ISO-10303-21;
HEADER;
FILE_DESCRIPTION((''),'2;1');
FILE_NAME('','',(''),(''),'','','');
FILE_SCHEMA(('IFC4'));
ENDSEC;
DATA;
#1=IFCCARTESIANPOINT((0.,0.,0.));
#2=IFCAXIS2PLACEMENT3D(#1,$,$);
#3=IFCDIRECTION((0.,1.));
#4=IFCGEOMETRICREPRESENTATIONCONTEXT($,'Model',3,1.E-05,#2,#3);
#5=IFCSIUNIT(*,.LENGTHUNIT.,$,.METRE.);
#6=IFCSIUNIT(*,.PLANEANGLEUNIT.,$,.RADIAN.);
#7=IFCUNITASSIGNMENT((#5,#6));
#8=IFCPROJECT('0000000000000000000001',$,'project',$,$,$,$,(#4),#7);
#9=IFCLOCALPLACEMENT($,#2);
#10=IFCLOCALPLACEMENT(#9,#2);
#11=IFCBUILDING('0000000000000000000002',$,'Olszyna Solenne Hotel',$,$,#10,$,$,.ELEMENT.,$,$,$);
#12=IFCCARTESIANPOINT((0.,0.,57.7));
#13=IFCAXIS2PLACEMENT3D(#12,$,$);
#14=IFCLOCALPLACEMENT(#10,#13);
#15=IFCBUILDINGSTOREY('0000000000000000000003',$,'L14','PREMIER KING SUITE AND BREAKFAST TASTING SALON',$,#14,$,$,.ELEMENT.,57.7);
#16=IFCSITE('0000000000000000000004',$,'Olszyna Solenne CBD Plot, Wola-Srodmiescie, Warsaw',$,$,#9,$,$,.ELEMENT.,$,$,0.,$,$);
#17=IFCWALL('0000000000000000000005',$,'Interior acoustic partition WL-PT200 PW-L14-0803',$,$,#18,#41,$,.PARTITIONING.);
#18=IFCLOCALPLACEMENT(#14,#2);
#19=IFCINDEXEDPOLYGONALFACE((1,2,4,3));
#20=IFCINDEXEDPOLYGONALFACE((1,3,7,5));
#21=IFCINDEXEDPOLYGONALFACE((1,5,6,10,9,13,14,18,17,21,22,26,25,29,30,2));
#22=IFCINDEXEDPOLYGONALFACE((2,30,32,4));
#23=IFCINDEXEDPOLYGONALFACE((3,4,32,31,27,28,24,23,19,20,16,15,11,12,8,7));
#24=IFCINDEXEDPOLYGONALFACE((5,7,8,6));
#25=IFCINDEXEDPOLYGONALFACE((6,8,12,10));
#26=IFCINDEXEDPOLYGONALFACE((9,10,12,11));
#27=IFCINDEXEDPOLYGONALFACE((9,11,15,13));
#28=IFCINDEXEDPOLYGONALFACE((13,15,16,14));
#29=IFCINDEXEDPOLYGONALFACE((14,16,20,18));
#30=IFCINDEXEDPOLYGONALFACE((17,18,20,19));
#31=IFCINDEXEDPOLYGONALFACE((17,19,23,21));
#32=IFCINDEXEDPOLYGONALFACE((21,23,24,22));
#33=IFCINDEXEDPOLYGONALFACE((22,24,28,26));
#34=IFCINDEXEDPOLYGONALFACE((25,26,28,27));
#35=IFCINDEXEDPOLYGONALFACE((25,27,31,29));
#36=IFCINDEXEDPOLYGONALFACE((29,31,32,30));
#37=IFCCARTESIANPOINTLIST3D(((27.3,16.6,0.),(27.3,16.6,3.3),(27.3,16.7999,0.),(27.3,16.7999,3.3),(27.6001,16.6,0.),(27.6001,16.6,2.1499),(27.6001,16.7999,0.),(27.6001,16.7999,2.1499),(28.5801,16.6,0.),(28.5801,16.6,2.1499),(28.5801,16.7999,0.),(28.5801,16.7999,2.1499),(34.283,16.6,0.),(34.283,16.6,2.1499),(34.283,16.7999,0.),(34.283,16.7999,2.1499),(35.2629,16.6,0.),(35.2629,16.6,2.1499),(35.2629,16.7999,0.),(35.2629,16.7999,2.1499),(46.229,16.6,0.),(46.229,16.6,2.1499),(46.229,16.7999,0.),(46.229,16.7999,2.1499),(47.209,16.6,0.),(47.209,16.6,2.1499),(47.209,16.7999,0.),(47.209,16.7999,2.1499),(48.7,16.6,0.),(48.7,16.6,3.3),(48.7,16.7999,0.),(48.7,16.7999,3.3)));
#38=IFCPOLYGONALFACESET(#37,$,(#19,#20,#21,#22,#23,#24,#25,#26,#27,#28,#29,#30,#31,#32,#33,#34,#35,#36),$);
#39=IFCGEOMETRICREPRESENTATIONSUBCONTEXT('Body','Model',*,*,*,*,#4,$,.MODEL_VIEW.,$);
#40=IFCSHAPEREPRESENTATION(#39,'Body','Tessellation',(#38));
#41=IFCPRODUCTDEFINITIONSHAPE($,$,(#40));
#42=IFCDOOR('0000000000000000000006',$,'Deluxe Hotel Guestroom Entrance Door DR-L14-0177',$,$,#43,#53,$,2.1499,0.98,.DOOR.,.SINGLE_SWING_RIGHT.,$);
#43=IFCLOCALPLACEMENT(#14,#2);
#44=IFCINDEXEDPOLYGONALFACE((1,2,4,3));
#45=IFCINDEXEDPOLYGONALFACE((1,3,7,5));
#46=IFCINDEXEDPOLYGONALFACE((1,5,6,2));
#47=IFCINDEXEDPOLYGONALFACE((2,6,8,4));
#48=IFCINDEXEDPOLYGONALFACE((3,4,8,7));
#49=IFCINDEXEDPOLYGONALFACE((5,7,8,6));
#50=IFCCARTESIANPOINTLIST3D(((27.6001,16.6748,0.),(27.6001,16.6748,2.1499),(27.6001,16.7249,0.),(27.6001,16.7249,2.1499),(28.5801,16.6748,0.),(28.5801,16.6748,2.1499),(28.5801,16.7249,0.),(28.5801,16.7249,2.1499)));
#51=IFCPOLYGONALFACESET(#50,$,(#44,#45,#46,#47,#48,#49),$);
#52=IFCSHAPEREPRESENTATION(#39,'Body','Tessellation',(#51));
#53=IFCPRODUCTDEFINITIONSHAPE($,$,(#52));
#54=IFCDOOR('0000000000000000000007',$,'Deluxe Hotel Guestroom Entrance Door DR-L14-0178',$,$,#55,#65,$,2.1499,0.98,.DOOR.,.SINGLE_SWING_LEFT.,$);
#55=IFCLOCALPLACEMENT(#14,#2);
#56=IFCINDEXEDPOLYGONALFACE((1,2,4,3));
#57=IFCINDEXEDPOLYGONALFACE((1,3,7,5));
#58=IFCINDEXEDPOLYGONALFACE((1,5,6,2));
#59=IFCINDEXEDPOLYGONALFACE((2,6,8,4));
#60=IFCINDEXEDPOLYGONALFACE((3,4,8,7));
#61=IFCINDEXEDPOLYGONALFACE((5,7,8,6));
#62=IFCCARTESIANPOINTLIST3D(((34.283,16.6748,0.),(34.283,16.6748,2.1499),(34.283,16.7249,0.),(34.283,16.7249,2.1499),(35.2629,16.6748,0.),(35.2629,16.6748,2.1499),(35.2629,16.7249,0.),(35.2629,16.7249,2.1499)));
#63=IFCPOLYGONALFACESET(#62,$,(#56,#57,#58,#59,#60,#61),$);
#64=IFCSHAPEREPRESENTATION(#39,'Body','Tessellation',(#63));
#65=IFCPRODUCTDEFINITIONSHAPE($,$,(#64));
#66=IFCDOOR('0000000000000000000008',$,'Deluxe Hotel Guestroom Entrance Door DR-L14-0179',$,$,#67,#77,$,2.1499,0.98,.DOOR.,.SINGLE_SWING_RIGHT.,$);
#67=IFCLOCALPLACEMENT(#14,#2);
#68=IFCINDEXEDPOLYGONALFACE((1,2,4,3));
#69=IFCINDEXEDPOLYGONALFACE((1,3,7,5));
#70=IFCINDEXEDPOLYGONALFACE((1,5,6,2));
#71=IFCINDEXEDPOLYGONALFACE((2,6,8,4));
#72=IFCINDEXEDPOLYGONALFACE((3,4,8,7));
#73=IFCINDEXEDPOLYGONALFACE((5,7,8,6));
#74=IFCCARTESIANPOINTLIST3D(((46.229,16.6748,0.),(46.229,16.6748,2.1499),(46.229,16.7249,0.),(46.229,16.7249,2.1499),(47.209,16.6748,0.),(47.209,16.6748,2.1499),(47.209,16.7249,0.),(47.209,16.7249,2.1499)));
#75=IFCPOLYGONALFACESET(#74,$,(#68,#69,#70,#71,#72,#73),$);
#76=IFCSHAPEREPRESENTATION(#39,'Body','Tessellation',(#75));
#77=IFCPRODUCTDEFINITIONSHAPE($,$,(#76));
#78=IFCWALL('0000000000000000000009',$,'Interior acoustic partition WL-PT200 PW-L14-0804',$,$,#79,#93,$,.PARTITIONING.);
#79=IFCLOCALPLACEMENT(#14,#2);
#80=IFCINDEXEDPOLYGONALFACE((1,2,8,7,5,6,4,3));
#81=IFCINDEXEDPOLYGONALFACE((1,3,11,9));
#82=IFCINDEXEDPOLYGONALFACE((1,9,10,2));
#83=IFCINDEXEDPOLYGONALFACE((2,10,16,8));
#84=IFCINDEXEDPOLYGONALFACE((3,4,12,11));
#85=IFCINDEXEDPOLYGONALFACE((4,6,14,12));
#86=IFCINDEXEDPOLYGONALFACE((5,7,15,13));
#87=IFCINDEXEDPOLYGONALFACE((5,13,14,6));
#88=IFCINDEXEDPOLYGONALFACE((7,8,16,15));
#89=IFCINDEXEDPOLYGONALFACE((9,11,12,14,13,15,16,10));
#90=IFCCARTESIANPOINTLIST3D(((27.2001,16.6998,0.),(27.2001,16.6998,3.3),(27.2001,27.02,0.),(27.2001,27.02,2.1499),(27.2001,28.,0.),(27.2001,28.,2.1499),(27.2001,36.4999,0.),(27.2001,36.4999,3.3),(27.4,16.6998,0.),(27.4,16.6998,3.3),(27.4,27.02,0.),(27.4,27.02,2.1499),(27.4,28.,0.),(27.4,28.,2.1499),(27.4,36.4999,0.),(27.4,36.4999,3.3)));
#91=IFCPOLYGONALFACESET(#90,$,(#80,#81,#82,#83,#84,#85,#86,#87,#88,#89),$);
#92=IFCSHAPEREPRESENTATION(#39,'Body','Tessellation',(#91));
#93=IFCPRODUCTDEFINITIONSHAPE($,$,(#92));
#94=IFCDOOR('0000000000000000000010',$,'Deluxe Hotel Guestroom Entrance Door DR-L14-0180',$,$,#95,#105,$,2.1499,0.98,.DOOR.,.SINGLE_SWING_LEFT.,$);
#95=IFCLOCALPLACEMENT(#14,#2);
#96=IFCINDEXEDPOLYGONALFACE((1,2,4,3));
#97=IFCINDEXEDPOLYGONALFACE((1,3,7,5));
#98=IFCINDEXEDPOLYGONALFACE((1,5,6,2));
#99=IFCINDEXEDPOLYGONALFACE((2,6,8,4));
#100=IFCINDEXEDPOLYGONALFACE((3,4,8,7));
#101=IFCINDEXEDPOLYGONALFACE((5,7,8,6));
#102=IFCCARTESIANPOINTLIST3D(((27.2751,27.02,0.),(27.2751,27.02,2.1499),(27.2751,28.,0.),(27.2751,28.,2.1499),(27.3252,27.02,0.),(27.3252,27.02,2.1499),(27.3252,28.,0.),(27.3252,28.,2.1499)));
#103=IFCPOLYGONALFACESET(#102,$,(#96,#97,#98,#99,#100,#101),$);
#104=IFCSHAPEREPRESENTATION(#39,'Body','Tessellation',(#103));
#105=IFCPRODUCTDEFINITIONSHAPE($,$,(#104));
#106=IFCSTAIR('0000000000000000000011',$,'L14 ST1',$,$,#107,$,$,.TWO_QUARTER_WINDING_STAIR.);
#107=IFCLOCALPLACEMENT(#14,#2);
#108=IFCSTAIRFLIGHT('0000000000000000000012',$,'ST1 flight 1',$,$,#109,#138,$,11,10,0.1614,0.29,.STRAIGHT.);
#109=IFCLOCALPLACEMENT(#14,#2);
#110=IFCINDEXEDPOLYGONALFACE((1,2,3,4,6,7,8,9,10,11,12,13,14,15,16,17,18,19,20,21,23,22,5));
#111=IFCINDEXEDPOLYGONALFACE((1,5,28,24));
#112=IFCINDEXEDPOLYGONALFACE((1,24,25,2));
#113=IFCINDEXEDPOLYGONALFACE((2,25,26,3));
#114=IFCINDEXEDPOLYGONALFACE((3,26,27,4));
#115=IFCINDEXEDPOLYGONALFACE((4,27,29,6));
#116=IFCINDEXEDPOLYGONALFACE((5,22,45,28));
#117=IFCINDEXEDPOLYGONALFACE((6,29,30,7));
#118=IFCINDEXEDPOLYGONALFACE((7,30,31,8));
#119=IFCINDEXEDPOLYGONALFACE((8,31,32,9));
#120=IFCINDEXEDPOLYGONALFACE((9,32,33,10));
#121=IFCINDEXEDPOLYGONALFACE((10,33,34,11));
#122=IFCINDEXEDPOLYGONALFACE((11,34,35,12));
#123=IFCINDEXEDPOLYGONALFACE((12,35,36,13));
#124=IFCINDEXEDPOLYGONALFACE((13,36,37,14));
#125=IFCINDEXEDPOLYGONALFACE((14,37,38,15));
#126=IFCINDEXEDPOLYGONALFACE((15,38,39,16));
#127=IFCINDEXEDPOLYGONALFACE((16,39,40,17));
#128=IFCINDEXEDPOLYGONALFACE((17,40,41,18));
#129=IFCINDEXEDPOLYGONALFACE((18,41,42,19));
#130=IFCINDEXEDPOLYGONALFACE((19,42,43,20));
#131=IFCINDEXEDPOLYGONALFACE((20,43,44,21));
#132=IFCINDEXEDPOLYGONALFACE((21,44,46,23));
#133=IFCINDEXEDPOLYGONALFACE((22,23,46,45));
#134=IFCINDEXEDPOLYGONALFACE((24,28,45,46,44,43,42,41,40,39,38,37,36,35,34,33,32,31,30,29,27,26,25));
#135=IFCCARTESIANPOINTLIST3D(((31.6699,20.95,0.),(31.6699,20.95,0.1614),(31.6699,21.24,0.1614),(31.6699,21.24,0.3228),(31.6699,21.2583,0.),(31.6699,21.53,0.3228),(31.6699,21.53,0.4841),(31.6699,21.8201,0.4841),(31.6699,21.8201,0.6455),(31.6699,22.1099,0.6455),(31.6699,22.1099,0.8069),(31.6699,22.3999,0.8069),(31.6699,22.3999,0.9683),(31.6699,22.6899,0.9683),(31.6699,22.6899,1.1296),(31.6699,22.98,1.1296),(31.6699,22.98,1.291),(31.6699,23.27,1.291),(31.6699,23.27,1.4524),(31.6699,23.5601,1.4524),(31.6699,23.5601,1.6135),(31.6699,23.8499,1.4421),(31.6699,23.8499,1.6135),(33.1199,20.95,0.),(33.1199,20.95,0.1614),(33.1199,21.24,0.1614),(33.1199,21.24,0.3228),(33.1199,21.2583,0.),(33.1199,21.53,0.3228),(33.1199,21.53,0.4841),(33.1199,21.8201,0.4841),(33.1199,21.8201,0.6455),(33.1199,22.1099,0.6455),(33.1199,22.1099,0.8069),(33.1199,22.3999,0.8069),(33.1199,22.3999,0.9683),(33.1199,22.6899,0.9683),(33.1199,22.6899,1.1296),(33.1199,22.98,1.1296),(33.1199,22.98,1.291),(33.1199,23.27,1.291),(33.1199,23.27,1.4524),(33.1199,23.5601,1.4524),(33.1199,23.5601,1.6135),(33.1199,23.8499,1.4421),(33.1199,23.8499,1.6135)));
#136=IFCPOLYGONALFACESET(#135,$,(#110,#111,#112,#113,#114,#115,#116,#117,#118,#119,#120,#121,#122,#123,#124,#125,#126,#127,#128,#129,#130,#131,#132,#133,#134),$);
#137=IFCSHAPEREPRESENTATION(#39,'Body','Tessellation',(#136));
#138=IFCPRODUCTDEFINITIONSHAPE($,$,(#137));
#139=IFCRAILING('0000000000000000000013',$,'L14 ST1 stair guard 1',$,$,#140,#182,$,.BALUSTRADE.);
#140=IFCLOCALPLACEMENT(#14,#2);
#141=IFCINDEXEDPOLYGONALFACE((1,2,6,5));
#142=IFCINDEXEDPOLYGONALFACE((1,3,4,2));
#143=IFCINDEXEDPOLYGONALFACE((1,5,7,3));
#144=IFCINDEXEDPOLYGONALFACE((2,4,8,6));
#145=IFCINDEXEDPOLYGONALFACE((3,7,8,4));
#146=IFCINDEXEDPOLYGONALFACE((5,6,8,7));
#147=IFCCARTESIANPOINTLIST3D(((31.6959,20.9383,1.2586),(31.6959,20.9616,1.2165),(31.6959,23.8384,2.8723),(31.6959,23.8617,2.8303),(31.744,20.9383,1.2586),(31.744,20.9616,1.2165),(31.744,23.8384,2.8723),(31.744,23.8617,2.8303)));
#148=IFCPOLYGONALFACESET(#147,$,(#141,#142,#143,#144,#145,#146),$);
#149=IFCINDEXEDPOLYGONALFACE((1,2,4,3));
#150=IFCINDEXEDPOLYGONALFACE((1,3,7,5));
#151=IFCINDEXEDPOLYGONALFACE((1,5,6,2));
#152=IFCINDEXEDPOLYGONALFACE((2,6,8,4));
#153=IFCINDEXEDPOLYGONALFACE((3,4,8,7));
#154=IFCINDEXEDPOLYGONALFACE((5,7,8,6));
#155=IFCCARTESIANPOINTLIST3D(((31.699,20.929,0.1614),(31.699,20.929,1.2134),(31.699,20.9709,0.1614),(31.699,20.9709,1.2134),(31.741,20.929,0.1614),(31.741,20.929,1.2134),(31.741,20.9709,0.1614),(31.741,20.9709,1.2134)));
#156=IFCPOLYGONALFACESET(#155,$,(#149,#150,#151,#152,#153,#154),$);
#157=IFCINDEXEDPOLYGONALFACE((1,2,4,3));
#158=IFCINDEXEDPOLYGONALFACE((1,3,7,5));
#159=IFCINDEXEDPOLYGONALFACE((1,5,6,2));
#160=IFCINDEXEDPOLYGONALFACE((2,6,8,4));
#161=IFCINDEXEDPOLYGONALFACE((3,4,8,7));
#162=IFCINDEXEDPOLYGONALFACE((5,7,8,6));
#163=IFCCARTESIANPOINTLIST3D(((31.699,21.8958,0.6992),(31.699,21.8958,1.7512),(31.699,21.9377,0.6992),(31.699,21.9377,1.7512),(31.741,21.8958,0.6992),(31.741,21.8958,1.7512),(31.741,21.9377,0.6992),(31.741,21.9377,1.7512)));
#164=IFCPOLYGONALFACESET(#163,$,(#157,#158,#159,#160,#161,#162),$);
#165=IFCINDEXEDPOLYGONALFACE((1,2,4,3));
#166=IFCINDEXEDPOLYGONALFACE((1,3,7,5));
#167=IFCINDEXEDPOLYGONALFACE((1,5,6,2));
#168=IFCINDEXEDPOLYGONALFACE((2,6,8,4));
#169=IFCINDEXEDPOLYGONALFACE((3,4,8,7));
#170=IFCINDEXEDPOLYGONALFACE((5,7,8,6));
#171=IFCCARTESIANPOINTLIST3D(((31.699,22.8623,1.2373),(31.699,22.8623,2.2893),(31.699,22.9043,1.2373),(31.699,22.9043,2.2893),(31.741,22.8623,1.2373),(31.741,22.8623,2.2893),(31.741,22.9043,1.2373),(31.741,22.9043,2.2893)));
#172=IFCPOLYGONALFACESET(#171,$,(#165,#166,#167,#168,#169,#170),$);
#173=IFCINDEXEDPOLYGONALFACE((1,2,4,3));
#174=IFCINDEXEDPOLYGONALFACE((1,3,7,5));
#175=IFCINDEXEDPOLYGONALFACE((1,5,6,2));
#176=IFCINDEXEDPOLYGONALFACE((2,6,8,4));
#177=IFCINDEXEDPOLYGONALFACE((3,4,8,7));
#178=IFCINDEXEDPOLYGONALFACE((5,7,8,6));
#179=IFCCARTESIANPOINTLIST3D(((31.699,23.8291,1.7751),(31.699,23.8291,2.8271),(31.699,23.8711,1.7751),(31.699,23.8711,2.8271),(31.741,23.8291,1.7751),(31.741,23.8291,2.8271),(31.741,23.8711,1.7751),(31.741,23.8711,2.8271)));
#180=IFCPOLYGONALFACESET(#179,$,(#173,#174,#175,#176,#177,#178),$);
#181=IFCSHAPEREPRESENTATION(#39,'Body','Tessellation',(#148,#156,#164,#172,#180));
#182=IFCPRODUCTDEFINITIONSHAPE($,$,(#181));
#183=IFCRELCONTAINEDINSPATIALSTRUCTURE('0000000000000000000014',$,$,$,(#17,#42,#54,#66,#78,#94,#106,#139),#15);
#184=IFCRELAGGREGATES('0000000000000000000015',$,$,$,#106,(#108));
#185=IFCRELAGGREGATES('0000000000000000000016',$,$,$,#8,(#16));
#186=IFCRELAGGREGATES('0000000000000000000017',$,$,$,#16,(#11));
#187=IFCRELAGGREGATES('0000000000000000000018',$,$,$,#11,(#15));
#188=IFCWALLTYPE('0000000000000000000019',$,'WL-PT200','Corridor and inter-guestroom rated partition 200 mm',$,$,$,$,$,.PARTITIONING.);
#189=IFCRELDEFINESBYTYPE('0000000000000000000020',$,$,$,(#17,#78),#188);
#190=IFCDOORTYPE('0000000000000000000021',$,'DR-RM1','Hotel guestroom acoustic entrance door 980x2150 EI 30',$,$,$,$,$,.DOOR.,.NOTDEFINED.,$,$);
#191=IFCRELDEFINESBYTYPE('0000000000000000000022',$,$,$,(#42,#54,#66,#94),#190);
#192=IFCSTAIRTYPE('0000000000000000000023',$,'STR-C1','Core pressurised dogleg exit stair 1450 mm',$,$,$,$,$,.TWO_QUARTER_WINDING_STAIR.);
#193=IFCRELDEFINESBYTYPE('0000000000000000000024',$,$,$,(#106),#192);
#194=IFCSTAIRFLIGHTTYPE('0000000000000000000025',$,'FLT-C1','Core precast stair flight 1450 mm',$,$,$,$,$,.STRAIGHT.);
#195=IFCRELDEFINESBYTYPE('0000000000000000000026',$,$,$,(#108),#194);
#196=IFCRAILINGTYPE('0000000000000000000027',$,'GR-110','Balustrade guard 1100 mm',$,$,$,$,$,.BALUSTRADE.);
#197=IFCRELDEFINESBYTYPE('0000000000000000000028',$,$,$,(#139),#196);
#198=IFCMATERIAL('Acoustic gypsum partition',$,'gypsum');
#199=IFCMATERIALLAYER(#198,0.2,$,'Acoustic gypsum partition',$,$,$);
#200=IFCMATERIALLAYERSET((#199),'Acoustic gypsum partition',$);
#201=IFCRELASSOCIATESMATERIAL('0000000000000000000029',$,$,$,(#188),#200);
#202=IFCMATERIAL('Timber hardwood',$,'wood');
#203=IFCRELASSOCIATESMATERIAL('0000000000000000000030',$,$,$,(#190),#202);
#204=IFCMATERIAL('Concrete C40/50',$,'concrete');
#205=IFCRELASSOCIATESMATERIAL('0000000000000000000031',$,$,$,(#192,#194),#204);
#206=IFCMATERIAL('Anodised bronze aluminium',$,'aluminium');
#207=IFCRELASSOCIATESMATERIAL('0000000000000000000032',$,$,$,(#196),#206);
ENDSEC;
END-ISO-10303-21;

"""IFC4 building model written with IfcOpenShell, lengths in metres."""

from ifc_helpers import new_model, si_unit, direction, frame, frame_2d, origin, origin_2d, place, context, subcontext, project, spatial, polyline, rectangle, outline, extrude, source, transform, mapped, material, layer, layer_set, type_object, type_shapes, element, fill, aggregate, save


model = new_model("IFC4")

# Units and contexts
model_context = context("Model", 3, precision=1e-05, world=origin(), true_north=direction((0.0, 1.0)))
body_context = subcontext(model_context, "Body", "Model", "MODEL_VIEW")
ifc_project = project(units=[si_unit("LENGTHUNIT", "METRE"), si_unit("PLANEANGLEUNIT", "RADIAN")], contexts=[model_context])

# Site, building, storey
site_placement = place(None, origin())
site = spatial("IfcSite", under=ifc_project, at=site_placement, Name="Olszyna Solenne CBD Plot, Wola-Srodmiescie, Warsaw", CompositionType="ELEMENT", RefElevation=0.0)
building_placement = place(site_placement, origin())
building = spatial("IfcBuilding", under=site, at=building_placement, Name="Olszyna Solenne Hotel", CompositionType="ELEMENT")
storey_placement = place(building_placement, frame((0.0, 0.0, 57.7)))
storey = spatial("IfcBuildingStorey", under=building, at=storey_placement, Name="L14", Description="PREMIER KING SUITE AND BREAKFAST TASTING SALON", CompositionType="ELEMENT", Elevation=57.7)

# Shared definitions
ifc_material_1 = material(Name="Timber hardwood", Category="wood")

# Shared definitions
ifc_material_2 = material(Name="Acoustic gypsum partition", Category="gypsum")

# Shared definitions
ifc_layer_1 = layer(ifc_material_2, 0.2, Name="Acoustic gypsum partition")
ifc_layer_set_1 = layer_set([ifc_layer_1], Name="Acoustic gypsum partition")
wall_type_1 = type_object("IfcWallType", Name="WL-PT200", Description="Corridor and inter-guestroom rated partition 200 mm", PredefinedType="PARTITIONING", material=ifc_layer_set_1)

# Wall, openings, doors
wall_1_placement = place(storey_placement, frame((27.3, 16.7, 0.0), z_axis=(0.0, 0.0, 1.0), x_axis=(1.0, 0.0, 0.0)))
wall_1 = element("IfcWall", 1, at=wall_1_placement, inside=storey, type_object=wall_type_1, Name="Interior acoustic partition WL-PT200 PW-L14-0803", PredefinedType="PARTITIONING", context=body_context, shape_type="SweptSolid", body=[
    extrude(rectangle(XDim=21.3999, YDim=0.2, at=frame_2d((10.7, 0.0))), origin(), (0.0, 0.0, 1.0), 3.3),
])
opening_1_placement = place(wall_1_placement, frame((0.3, 0.0, 0.0)))
opening_1 = element("IfcOpeningElement", 2, at=opening_1_placement, cuts=wall_1, PredefinedType="OPENING", context=body_context, shape_type="SweptSolid", body=[
    extrude(rectangle(XDim=0.98, YDim=2.1499, at=frame_2d((0.49, 1.075))), frame((0.0, 0.1099, 0.0), z_axis=(0.0, -1.0, 0.0), x_axis=(1.0, 0.0, 0.0)), (0.0, 0.0, 1.0), 0.22),
])
opening_2_placement = place(wall_1_placement, frame((6.9829, 0.0, 0.0)))
opening_2 = element("IfcOpeningElement", 3, at=opening_2_placement, cuts=wall_1, PredefinedType="OPENING", context=body_context, shape_type="SweptSolid", body=[
    extrude(rectangle(XDim=0.98, YDim=2.1499, at=frame_2d((0.49, 1.075))), frame((0.0, 0.1099, 0.0), z_axis=(0.0, -1.0, 0.0), x_axis=(1.0, 0.0, 0.0)), (0.0, 0.0, 1.0), 0.22),
])
opening_3_placement = place(wall_1_placement, frame((18.929, 0.0, 0.0)))
opening_3 = element("IfcOpeningElement", 4, at=opening_3_placement, cuts=wall_1, PredefinedType="OPENING", context=body_context, shape_type="SweptSolid", body=[
    extrude(rectangle(XDim=0.98, YDim=2.1499, at=frame_2d((0.49, 1.075))), frame((0.0, 0.1099, 0.0), z_axis=(0.0, -1.0, 0.0), x_axis=(1.0, 0.0, 0.0)), (0.0, 0.0, 1.0), 0.22),
])
door_type_1 = type_object("IfcDoorType", Name="DR-RM1", Description="Hotel guestroom acoustic entrance door 980x2150 EI 30", OperationType="NOTDEFINED", PredefinedType="DOOR", material=ifc_material_1)
shared_shape_1 = source(origin(), body_context, "Body", "SweptSolid", [
    extrude(rectangle(XDim=0.98, YDim=2.1499, at=frame_2d((0.49, 1.075))), frame((0.0, 0.0249, 0.0), z_axis=(0.0, -1.0, 0.0), x_axis=(1.0, 0.0, 0.0)), (0.0, 0.0, 1.0), 0.05),
])
type_shapes(door_type_1, [shared_shape_1])
door_1_placement = place(opening_1_placement, origin())
door_1 = element("IfcDoor", 5, at=door_1_placement, inside=storey, type_object=door_type_1, Name="Deluxe Hotel Guestroom Entrance Door DR-L14-0177", OperationType="SINGLE_SWING_RIGHT", OverallHeight=2.1499, OverallWidth=0.98, PredefinedType="DOOR", context=body_context, shape_type="MappedRepresentation", body=[
    mapped(shared_shape_1, transform((0.0, 0.0, 0.0), x_axis=(1.0, 0.0, 0.0), y_axis=(0.0, 1.0, 0.0), z_axis=(0.0, 0.0, 1.0), scale=1.0)),
])
fill(opening_1, door_1)
door_2_placement = place(opening_2_placement, origin())
door_2 = element("IfcDoor", 6, at=door_2_placement, inside=storey, type_object=door_type_1, Name="Deluxe Hotel Guestroom Entrance Door DR-L14-0178", OperationType="SINGLE_SWING_LEFT", OverallHeight=2.1499, OverallWidth=0.98, PredefinedType="DOOR", context=body_context, shape_type="MappedRepresentation", body=[
    mapped(shared_shape_1, transform((0.0, 0.0, 0.0), x_axis=(1.0, 0.0, 0.0), y_axis=(0.0, 1.0, 0.0), z_axis=(0.0, 0.0, 1.0), scale=1.0)),
])
fill(opening_2, door_2)
door_3_placement = place(opening_3_placement, origin())
door_3 = element("IfcDoor", 7, at=door_3_placement, inside=storey, type_object=door_type_1, Name="Deluxe Hotel Guestroom Entrance Door DR-L14-0179", OperationType="SINGLE_SWING_RIGHT", OverallHeight=2.1499, OverallWidth=0.98, PredefinedType="DOOR", context=body_context, shape_type="MappedRepresentation", body=[
    mapped(shared_shape_1, transform((0.0, 0.0, 0.0), x_axis=(1.0, 0.0, 0.0), y_axis=(0.0, 1.0, 0.0), z_axis=(0.0, 0.0, 1.0), scale=1.0)),
])
fill(opening_3, door_3)

# Wall, opening, door
wall_2_placement = place(storey_placement, frame((27.3, 16.7, 0.0), z_axis=(0.0, 0.0, 1.0), x_axis=(0.0, 1.0, 0.0)))
wall_2 = element("IfcWall", 8, at=wall_2_placement, inside=storey, type_object=wall_type_1, Name="Interior acoustic partition WL-PT200 PW-L14-0804", PredefinedType="PARTITIONING", context=body_context, shape_type="SweptSolid", body=[
    extrude(rectangle(XDim=19.8, YDim=0.2, at=frame_2d((9.8999, 0.0))), origin(), (0.0, 0.0, 1.0), 3.3),
])
opening_4_placement = place(wall_2_placement, frame((10.3201, 0.0, 0.0)))
opening_4 = element("IfcOpeningElement", 9, at=opening_4_placement, cuts=wall_2, PredefinedType="OPENING", context=body_context, shape_type="SweptSolid", body=[
    extrude(rectangle(XDim=0.98, YDim=2.1499, at=frame_2d((0.49, 1.075))), frame((0.0, 0.1099, 0.0), z_axis=(0.0, -1.0, 0.0), x_axis=(1.0, 0.0, 0.0)), (0.0, 0.0, 1.0), 0.22),
])
door_4_placement = place(opening_4_placement, origin())
door_4 = element("IfcDoor", 10, at=door_4_placement, inside=storey, type_object=door_type_1, Name="Deluxe Hotel Guestroom Entrance Door DR-L14-0180", OperationType="SINGLE_SWING_LEFT", OverallHeight=2.1499, OverallWidth=0.98, PredefinedType="DOOR", context=body_context, shape_type="MappedRepresentation", body=[
    mapped(shared_shape_1, transform((0.0, 0.0, 0.0), x_axis=(1.0, 0.0, 0.0), y_axis=(0.0, 1.0, 0.0), z_axis=(0.0, 0.0, 1.0), scale=1.0)),
])
fill(opening_4, door_4)

# Stair, stair flight
ifc_material_3 = material(Name="Concrete C40/50", Category="concrete")
stair_type = type_object("IfcStairType", Name="STR-C1", Description="Core pressurised dogleg exit stair 1450 mm", PredefinedType="TWO_QUARTER_WINDING_STAIR", material=ifc_material_3)
stair_placement = place(storey_placement, origin())
stair = element("IfcStair", 11, at=stair_placement, inside=storey, type_object=stair_type, Name="L14 ST1", PredefinedType="TWO_QUARTER_WINDING_STAIR")
stair_flight_type = type_object("IfcStairFlightType", Name="FLT-C1", Description="Core precast stair flight 1450 mm", PredefinedType="STRAIGHT", material=ifc_material_3)
stair_flight_placement = place(storey_placement, frame((32.395, 20.95, 0.0), z_axis=(0.0, 0.0, 1.0), x_axis=(0.0, 1.0, 0.0)))
stair_flight = element("IfcStairFlight", 12, at=stair_flight_placement, type_object=stair_flight_type, Name="ST1 flight 1", NumberOfRisers=11, NumberOfTreads=10, PredefinedType="STRAIGHT", RiserHeight=0.1614, TreadLength=0.29, context=body_context, shape_type="SweptSolid", body=[
    extrude(outline(polyline([(0.0, 0.0), (0.0, 0.1614), (0.29, 0.1614), (0.29, 0.3228), (0.5801, 0.3228), (0.5801, 0.4841), (0.8701, 0.4841), (0.8701, 0.6455), (1.1599, 0.6455), (1.1599, 0.8069), (1.45, 0.8069), (1.45, 0.9683), (1.74, 0.9683), (1.74, 1.1296), (2.03, 1.1296), (2.03, 1.291), (2.3201, 1.291), (2.3201, 1.4524), (2.6101, 1.4524), (2.6101, 1.6135), (2.8999, 1.6135), (2.8999, 1.7749), (2.8999, 1.4421), (0.3083, 0.0), (0.0, 0.0)])), frame((0.0, 0.7251, 0.0), z_axis=(0.0, -1.0, 0.0), x_axis=(1.0, 0.0, 0.0)), (0.0, 0.0, 1.0), 1.45),
])
aggregate(stair, [stair_flight])

# Railing
ifc_material_4 = material(Name="Anodised bronze aluminium", Category="aluminium")
railing_type = type_object("IfcRailingType", Name="GR-110", Description="Balustrade guard 1100 mm", PredefinedType="BALUSTRADE", material=ifc_material_4)
railing_1_placement = place(storey_placement, frame((31.72, 20.95, 0.1614)))
element("IfcRailing", 13, at=railing_1_placement, inside=storey, type_object=railing_type, Name="L14 ST1 stair guard 1", PredefinedType="BALUSTRADE", context=body_context, shape_type="SweptSolid", body=[
    extrude(rectangle(XDim=0.0481, YDim=0.0481, at=origin_2d()), frame((0.0, 0.0, 1.0762), z_axis=(0.0, 0.873827, 0.486236), x_axis=(-1.0, 0.0, 0.0)), (0.0, 0.0, 1.0), 3.3188),
    extrude(rectangle(XDim=0.042, YDim=0.042, at=origin_2d()), origin(), (0.0, 0.0, 1.0), 1.052),
    extrude(rectangle(XDim=0.042, YDim=0.042, at=origin_2d()), frame((0.0, 0.9668, 0.5378)), (0.0, 0.0, 1.0), 1.052),
    extrude(rectangle(XDim=0.042, YDim=0.042, at=origin_2d()), frame((0.0, 1.9333, 1.0759)), (0.0, 0.0, 1.0), 1.052),
    extrude(rectangle(XDim=0.042, YDim=0.042, at=origin_2d()), frame((0.0, 2.9001, 1.6138)), (0.0, 0.0, 1.0), 1.052),
])

save(model, "model.ifc")
